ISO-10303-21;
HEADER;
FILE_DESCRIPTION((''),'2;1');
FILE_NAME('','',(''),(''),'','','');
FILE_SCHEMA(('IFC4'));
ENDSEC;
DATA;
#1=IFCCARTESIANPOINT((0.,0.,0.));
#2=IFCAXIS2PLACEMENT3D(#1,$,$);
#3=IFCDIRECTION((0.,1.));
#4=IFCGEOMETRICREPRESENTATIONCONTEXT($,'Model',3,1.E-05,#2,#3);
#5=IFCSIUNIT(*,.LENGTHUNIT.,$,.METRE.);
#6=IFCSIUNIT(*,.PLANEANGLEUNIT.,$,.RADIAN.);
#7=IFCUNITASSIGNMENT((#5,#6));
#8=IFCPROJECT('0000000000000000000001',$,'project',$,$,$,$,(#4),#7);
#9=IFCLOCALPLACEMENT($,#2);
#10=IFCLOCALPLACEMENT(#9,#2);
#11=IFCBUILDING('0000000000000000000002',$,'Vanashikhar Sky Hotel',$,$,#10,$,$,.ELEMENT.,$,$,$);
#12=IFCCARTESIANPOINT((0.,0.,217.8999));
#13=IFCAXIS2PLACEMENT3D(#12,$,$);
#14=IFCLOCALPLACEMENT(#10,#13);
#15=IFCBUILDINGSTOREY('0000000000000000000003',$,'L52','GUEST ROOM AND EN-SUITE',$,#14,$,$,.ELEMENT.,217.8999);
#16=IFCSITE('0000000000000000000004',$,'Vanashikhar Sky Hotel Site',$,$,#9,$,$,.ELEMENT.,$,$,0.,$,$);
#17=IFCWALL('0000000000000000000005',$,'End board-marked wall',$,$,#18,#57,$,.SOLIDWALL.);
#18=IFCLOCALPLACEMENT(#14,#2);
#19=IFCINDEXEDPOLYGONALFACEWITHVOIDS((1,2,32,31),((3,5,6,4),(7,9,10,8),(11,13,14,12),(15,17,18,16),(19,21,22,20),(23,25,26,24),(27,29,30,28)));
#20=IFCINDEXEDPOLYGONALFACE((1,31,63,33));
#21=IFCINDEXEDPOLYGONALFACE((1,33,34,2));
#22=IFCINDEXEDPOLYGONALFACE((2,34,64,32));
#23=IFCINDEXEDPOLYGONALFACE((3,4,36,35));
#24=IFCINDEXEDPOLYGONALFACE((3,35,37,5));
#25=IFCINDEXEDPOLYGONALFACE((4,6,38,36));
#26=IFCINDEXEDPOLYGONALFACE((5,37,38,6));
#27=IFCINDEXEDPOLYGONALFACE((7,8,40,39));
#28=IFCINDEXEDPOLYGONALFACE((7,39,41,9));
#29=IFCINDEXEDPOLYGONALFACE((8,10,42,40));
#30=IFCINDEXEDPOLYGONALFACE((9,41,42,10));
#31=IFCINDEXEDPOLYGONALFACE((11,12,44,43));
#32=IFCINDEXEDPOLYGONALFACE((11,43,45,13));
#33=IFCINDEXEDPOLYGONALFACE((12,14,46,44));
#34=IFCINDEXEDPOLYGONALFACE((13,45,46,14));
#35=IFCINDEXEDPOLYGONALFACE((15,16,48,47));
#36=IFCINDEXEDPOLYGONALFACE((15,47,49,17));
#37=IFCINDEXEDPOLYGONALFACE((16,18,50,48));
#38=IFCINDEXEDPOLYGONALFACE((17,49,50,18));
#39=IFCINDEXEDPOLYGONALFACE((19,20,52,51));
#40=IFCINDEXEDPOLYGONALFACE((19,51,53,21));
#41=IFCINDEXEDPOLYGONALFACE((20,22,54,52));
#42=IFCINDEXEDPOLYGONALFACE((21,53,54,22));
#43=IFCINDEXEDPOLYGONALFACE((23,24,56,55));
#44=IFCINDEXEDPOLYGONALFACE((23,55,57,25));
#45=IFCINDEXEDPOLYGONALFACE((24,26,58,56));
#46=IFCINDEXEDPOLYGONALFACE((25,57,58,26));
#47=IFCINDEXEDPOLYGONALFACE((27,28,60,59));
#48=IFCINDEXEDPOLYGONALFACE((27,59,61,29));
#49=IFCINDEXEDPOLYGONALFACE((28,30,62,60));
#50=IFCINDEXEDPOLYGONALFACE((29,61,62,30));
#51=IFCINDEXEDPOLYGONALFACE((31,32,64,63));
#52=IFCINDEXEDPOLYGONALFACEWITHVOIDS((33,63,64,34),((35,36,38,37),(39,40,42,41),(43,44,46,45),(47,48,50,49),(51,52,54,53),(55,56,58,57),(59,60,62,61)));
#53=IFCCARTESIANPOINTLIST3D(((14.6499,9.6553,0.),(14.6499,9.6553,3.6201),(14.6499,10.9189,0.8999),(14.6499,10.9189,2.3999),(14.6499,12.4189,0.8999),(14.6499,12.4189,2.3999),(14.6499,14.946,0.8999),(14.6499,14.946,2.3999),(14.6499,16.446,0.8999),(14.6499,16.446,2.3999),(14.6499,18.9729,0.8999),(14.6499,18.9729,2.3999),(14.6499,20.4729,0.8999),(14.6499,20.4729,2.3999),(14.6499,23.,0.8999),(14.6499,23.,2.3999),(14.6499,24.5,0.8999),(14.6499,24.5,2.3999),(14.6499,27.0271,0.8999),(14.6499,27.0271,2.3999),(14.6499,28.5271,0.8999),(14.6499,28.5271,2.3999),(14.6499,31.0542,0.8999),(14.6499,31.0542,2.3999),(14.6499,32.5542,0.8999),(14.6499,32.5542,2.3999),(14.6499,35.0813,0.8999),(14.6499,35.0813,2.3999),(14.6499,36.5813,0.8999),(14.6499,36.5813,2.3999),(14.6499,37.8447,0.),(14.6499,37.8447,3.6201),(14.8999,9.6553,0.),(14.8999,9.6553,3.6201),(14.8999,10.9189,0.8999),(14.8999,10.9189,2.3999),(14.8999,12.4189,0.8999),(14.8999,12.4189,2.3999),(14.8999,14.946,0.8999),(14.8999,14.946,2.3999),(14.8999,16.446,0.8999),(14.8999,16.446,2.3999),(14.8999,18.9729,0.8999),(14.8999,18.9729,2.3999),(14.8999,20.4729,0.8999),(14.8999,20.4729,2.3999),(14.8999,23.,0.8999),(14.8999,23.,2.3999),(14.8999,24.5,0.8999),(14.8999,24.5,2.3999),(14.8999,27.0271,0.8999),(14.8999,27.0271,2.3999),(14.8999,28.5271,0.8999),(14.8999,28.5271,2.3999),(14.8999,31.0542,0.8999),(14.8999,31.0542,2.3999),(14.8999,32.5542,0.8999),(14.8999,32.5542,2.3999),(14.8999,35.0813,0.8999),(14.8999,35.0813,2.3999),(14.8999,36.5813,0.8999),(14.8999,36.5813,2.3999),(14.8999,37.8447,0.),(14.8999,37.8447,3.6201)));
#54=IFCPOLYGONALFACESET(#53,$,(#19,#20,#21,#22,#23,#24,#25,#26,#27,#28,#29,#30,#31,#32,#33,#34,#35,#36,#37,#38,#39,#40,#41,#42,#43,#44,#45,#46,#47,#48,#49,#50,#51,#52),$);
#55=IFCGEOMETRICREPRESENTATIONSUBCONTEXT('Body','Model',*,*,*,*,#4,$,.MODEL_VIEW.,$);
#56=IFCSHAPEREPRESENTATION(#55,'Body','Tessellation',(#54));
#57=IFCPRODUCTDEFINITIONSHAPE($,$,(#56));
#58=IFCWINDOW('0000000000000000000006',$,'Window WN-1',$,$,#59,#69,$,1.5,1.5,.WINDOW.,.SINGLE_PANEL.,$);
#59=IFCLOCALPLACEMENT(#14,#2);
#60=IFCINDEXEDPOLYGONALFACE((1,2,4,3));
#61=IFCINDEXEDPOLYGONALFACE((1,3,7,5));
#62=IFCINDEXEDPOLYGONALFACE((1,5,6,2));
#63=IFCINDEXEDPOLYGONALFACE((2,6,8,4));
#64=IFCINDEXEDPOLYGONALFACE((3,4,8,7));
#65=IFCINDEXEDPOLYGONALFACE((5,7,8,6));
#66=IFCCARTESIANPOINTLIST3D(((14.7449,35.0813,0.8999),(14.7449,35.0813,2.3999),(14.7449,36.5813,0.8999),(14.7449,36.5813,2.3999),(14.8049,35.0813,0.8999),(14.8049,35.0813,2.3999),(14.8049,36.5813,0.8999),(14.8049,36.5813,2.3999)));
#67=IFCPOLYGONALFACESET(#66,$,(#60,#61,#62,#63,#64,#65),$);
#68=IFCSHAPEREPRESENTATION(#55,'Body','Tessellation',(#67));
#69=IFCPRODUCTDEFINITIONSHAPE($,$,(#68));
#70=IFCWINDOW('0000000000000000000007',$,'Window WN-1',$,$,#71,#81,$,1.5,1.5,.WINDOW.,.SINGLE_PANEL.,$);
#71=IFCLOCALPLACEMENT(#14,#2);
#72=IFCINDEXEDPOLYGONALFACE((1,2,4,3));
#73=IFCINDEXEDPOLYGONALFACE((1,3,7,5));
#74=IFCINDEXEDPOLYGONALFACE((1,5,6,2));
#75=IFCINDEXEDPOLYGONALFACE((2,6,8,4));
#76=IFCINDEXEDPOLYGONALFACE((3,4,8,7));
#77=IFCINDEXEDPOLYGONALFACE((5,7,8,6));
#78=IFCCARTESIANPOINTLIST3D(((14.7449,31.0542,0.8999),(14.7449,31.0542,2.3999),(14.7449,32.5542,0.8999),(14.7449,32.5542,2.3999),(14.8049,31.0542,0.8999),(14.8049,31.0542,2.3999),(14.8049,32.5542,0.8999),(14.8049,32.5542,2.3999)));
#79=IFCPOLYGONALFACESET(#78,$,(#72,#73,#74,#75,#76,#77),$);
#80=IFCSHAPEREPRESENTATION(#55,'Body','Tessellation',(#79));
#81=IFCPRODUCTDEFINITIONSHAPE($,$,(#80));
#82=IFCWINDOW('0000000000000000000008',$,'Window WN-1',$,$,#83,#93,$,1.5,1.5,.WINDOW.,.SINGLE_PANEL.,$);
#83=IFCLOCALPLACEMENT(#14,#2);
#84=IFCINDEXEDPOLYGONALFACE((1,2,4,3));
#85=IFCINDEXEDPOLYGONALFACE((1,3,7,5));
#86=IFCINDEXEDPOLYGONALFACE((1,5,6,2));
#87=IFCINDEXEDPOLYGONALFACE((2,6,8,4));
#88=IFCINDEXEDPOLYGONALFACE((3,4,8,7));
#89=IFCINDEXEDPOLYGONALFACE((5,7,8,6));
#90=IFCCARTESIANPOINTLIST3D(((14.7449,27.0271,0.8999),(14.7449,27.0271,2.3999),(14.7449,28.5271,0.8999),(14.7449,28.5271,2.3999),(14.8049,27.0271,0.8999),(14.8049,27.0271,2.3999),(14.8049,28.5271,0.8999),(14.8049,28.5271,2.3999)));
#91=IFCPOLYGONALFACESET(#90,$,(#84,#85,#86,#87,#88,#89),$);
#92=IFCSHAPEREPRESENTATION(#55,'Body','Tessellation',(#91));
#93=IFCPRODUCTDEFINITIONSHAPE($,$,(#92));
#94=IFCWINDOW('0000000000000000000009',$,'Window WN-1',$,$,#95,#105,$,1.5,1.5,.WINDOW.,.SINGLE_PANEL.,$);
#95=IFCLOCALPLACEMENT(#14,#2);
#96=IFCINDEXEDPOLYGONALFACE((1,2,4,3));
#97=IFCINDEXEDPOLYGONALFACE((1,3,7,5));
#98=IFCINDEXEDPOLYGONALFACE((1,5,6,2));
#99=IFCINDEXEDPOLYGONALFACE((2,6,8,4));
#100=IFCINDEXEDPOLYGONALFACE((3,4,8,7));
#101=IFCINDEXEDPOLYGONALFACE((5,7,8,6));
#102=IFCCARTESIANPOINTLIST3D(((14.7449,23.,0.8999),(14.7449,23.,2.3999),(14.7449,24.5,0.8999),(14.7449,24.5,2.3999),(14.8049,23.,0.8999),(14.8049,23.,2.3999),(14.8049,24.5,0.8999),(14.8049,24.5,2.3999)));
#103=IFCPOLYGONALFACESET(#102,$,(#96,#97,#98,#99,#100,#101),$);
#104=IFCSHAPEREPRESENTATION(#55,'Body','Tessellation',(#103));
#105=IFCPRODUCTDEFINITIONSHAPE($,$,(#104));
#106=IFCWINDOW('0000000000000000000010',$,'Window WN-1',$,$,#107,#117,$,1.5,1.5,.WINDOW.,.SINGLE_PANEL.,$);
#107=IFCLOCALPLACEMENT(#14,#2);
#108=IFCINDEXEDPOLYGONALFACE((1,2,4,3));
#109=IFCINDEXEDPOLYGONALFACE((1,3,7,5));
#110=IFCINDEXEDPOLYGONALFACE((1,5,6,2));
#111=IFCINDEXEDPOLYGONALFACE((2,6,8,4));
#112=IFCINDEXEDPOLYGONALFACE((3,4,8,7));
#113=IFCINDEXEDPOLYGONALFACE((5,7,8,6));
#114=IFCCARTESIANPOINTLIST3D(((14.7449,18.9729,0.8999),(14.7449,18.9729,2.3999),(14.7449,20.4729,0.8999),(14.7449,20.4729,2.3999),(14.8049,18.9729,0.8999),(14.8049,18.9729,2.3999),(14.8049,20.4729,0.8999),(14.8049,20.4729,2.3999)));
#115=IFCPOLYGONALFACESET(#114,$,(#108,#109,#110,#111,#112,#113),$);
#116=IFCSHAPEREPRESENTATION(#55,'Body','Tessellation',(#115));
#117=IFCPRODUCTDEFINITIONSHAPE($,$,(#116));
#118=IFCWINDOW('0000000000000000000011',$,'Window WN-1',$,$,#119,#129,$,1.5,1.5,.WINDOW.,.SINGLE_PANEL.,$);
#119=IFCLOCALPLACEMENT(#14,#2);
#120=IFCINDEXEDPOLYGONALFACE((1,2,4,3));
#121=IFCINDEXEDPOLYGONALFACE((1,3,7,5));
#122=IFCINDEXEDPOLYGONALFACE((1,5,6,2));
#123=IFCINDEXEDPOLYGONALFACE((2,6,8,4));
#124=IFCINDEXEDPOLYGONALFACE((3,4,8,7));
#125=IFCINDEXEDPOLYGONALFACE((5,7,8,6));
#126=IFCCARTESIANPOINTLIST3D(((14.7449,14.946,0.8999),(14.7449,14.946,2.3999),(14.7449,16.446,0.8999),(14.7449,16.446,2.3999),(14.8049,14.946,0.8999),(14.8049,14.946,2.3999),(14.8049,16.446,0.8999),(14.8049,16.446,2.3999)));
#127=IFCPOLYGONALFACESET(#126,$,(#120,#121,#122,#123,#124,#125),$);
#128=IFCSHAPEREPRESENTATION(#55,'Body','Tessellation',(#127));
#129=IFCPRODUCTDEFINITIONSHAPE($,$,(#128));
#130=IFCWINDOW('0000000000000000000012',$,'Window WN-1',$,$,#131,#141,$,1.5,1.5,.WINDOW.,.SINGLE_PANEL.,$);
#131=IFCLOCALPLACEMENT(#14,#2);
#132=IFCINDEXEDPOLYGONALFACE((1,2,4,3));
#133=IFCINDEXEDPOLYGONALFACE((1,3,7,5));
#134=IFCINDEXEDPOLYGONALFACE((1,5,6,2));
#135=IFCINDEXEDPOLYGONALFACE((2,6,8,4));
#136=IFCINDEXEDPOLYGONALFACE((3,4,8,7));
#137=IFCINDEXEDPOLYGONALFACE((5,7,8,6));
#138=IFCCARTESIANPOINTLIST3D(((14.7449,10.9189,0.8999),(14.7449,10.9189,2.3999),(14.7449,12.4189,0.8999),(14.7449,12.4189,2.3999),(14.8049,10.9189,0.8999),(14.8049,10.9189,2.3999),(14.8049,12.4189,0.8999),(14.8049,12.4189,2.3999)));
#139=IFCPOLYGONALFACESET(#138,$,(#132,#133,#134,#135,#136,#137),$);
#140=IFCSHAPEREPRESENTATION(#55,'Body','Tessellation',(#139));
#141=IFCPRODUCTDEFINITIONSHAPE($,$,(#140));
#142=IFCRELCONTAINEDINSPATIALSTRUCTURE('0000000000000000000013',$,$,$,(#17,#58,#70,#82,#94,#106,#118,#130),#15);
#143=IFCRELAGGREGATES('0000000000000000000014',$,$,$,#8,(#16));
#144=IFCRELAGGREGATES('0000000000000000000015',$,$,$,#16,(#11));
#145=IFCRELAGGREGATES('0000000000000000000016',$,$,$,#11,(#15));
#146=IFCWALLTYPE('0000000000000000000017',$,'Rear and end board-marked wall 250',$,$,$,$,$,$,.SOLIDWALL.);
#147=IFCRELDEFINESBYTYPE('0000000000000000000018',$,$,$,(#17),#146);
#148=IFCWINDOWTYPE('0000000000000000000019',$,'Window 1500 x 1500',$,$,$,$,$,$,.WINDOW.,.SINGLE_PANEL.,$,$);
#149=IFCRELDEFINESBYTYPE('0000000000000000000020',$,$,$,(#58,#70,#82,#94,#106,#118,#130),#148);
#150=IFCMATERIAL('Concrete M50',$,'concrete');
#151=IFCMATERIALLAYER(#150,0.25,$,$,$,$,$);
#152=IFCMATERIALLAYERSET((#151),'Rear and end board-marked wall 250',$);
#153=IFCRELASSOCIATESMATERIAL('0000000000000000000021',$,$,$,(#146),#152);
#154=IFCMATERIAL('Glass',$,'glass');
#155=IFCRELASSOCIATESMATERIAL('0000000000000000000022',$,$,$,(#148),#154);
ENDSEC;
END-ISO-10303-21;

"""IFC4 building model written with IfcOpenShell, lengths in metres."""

from ifc_helpers import new_model, si_unit, direction, frame, frame_2d, origin, place, context, subcontext, project, spatial, rectangle, extrude, source, transform, mapped, material, layer, layer_set, type_object, element, fill, save


model = new_model("IFC4")

# Units and contexts
model_context = context("Model", 3, precision=1e-05, world=origin(), true_north=direction((0.0, 1.0)))
body_context = subcontext(model_context, "Body", "Model", "MODEL_VIEW")
ifc_project = project(units=[si_unit("LENGTHUNIT", "METRE"), si_unit("PLANEANGLEUNIT", "RADIAN")], contexts=[model_context])

# Site, building, storey
site_placement = place(None, origin())
site = spatial("IfcSite", under=ifc_project, at=site_placement, Name="Vanashikhar Sky Hotel Site", CompositionType="ELEMENT", RefElevation=0.0)
building_placement = place(site_placement, origin())
building = spatial("IfcBuilding", under=site, at=building_placement, Name="Vanashikhar Sky Hotel", CompositionType="ELEMENT")
storey_placement = place(building_placement, frame((0.0, 0.0, 217.8999)))
storey = spatial("IfcBuildingStorey", under=building, at=storey_placement, Name="L52", Description="GUEST ROOM AND EN-SUITE", CompositionType="ELEMENT", Elevation=217.8999)

# Shared definitions
ifc_material_1 = material(Name="Concrete M50", Category="concrete")
ifc_material_2 = material(Name="Glass", Category="glass")

# Wall, openings, windows
ifc_layer_1 = layer(ifc_material_1, 0.25)
ifc_layer_set_1 = layer_set([ifc_layer_1], Name="Rear and end board-marked wall 250")
wall_type_1 = type_object("IfcWallType", Name="Rear and end board-marked wall 250", PredefinedType="SOLIDWALL", material=ifc_layer_set_1)
shared_shape_1 = source(origin(), body_context, "Body", "SweptSolid", [
    extrude(rectangle(XDim=28.1895, YDim=0.25, at=frame_2d((14.0947, 0.0))), origin(), (0.0, 0.0, 1.0), 3.6201),
])
wall_1_placement = place(storey_placement, frame((14.7749, 37.8447, 0.0), z_axis=(0.0, 0.0, 1.0), x_axis=(0.0, -1.0, 0.0)))
wall_1 = element("IfcWall", 1, at=wall_1_placement, inside=storey, type_object=wall_type_1, Name="End board-marked wall", PredefinedType="SOLIDWALL", context=body_context, shape_type="MappedRepresentation", body=[
    mapped(shared_shape_1, transform((0.0, 0.0, 0.0), scale=1.0)),
])
shared_shape_2 = source(origin(), body_context, "Body", "SweptSolid", [
    extrude(rectangle(XDim=1.5, YDim=1.5, at=frame_2d((0.75, 0.75))), frame((0.0, 0.135, 0.0), z_axis=(0.0, -1.0, 0.0), x_axis=(1.0, 0.0, 0.0)), (0.0, 0.0, 1.0), 0.27),
])
opening_1_placement = place(wall_1_placement, frame((1.2634, 0.0, 0.8999)))
opening_1 = element("IfcOpeningElement", 2, at=opening_1_placement, cuts=wall_1, PredefinedType="OPENING", context=body_context, shape_type="MappedRepresentation", body=[
    mapped(shared_shape_2, transform((0.0, 0.0, 0.0), scale=1.0)),
])
opening_2_placement = place(wall_1_placement, frame((5.2905, 0.0, 0.8999)))
opening_2 = element("IfcOpeningElement", 3, at=opening_2_placement, cuts=wall_1, PredefinedType="OPENING", context=body_context, shape_type="MappedRepresentation", body=[
    mapped(shared_shape_2, transform((0.0, 0.0, 0.0), scale=1.0)),
])
opening_3_placement = place(wall_1_placement, frame((9.3176, 0.0, 0.8999)))
opening_3 = element("IfcOpeningElement", 4, at=opening_3_placement, cuts=wall_1, PredefinedType="OPENING", context=body_context, shape_type="MappedRepresentation", body=[
    mapped(shared_shape_2, transform((0.0, 0.0, 0.0), scale=1.0)),
])
opening_4_placement = place(wall_1_placement, frame((13.3447, 0.0, 0.8999)))
opening_4 = element("IfcOpeningElement", 5, at=opening_4_placement, cuts=wall_1, PredefinedType="OPENING", context=body_context, shape_type="MappedRepresentation", body=[
    mapped(shared_shape_2, transform((0.0, 0.0, 0.0), scale=1.0)),
])
opening_5_placement = place(wall_1_placement, frame((17.3718, 0.0, 0.8999)))
opening_5 = element("IfcOpeningElement", 6, at=opening_5_placement, cuts=wall_1, PredefinedType="OPENING", context=body_context, shape_type="MappedRepresentation", body=[
    mapped(shared_shape_2, transform((0.0, 0.0, 0.0), scale=1.0)),
])
opening_6_placement = place(wall_1_placement, frame((21.3987, 0.0, 0.8999)))
opening_6 = element("IfcOpeningElement", 7, at=opening_6_placement, cuts=wall_1, PredefinedType="OPENING", context=body_context, shape_type="MappedRepresentation", body=[
    mapped(shared_shape_2, transform((0.0, 0.0, 0.0), scale=1.0)),
])
opening_7_placement = place(wall_1_placement, frame((25.4258, 0.0, 0.8999)))
opening_7 = element("IfcOpeningElement", 8, at=opening_7_placement, cuts=wall_1, PredefinedType="OPENING", context=body_context, shape_type="MappedRepresentation", body=[
    mapped(shared_shape_2, transform((0.0, 0.0, 0.0), scale=1.0)),
])
window_type_1 = type_object("IfcWindowType", Name="Window 1500 x 1500", PartitioningType="SINGLE_PANEL", PredefinedType="WINDOW", material=ifc_material_2)
shared_shape_3 = source(origin(), body_context, "Body", "SweptSolid", [
    extrude(rectangle(XDim=1.5, YDim=1.5, at=frame_2d((0.75, 0.75))), frame((0.0, 0.03, 0.0), z_axis=(0.0, -1.0, 0.0), x_axis=(1.0, 0.0, 0.0)), (0.0, 0.0, 1.0), 0.0601),
])
window_1_placement = place(opening_1_placement, origin())
window_1 = element("IfcWindow", 9, at=window_1_placement, inside=storey, type_object=window_type_1, Name="Window WN-1", OverallHeight=1.5, OverallWidth=1.5, PartitioningType="SINGLE_PANEL", PredefinedType="WINDOW", context=body_context, shape_type="MappedRepresentation", body=[
    mapped(shared_shape_3, transform((0.0, 0.0, 0.0), scale=1.0)),
])
fill(opening_1, window_1)
window_2_placement = place(opening_2_placement, origin())
window_2 = element("IfcWindow", 10, at=window_2_placement, inside=storey, type_object=window_type_1, Name="Window WN-1", OverallHeight=1.5, OverallWidth=1.5, PartitioningType="SINGLE_PANEL", PredefinedType="WINDOW", context=body_context, shape_type="MappedRepresentation", body=[
    mapped(shared_shape_3, transform((0.0, 0.0, 0.0), scale=1.0)),
])
fill(opening_2, window_2)
window_3_placement = place(opening_3_placement, origin())
window_3 = element("IfcWindow", 11, at=window_3_placement, inside=storey, type_object=window_type_1, Name="Window WN-1", OverallHeight=1.5, OverallWidth=1.5, PartitioningType="SINGLE_PANEL", PredefinedType="WINDOW", context=body_context, shape_type="MappedRepresentation", body=[
    mapped(shared_shape_3, transform((0.0, 0.0, 0.0), scale=1.0)),
])
fill(opening_3, window_3)
window_4_placement = place(opening_4_placement, origin())
window_4 = element("IfcWindow", 12, at=window_4_placement, inside=storey, type_object=window_type_1, Name="Window WN-1", OverallHeight=1.5, OverallWidth=1.5, PartitioningType="SINGLE_PANEL", PredefinedType="WINDOW", context=body_context, shape_type="MappedRepresentation", body=[
    mapped(shared_shape_3, transform((0.0, 0.0, 0.0), scale=1.0)),
])
fill(opening_4, window_4)
window_5_placement = place(opening_5_placement, origin())
window_5 = element("IfcWindow", 13, at=window_5_placement, inside=storey, type_object=window_type_1, Name="Window WN-1", OverallHeight=1.5, OverallWidth=1.5, PartitioningType="SINGLE_PANEL", PredefinedType="WINDOW", context=body_context, shape_type="MappedRepresentation", body=[
    mapped(shared_shape_3, transform((0.0, 0.0, 0.0), scale=1.0)),
])
fill(opening_5, window_5)
window_6_placement = place(opening_6_placement, origin())
window_6 = element("IfcWindow", 14, at=window_6_placement, inside=storey, type_object=window_type_1, Name="Window WN-1", OverallHeight=1.5, OverallWidth=1.5, PartitioningType="SINGLE_PANEL", PredefinedType="WINDOW", context=body_context, shape_type="MappedRepresentation", body=[
    mapped(shared_shape_3, transform((0.0, 0.0, 0.0), scale=1.0)),
])
fill(opening_6, window_6)
window_7_placement = place(opening_7_placement, origin())
window_7 = element("IfcWindow", 15, at=window_7_placement, inside=storey, type_object=window_type_1, Name="Window WN-1", OverallHeight=1.5, OverallWidth=1.5, PartitioningType="SINGLE_PANEL", PredefinedType="WINDOW", context=body_context, shape_type="MappedRepresentation", body=[
    mapped(shared_shape_3, transform((0.0, 0.0, 0.0), scale=1.0)),
])
fill(opening_7, window_7)

save(model, "model.ifc")
